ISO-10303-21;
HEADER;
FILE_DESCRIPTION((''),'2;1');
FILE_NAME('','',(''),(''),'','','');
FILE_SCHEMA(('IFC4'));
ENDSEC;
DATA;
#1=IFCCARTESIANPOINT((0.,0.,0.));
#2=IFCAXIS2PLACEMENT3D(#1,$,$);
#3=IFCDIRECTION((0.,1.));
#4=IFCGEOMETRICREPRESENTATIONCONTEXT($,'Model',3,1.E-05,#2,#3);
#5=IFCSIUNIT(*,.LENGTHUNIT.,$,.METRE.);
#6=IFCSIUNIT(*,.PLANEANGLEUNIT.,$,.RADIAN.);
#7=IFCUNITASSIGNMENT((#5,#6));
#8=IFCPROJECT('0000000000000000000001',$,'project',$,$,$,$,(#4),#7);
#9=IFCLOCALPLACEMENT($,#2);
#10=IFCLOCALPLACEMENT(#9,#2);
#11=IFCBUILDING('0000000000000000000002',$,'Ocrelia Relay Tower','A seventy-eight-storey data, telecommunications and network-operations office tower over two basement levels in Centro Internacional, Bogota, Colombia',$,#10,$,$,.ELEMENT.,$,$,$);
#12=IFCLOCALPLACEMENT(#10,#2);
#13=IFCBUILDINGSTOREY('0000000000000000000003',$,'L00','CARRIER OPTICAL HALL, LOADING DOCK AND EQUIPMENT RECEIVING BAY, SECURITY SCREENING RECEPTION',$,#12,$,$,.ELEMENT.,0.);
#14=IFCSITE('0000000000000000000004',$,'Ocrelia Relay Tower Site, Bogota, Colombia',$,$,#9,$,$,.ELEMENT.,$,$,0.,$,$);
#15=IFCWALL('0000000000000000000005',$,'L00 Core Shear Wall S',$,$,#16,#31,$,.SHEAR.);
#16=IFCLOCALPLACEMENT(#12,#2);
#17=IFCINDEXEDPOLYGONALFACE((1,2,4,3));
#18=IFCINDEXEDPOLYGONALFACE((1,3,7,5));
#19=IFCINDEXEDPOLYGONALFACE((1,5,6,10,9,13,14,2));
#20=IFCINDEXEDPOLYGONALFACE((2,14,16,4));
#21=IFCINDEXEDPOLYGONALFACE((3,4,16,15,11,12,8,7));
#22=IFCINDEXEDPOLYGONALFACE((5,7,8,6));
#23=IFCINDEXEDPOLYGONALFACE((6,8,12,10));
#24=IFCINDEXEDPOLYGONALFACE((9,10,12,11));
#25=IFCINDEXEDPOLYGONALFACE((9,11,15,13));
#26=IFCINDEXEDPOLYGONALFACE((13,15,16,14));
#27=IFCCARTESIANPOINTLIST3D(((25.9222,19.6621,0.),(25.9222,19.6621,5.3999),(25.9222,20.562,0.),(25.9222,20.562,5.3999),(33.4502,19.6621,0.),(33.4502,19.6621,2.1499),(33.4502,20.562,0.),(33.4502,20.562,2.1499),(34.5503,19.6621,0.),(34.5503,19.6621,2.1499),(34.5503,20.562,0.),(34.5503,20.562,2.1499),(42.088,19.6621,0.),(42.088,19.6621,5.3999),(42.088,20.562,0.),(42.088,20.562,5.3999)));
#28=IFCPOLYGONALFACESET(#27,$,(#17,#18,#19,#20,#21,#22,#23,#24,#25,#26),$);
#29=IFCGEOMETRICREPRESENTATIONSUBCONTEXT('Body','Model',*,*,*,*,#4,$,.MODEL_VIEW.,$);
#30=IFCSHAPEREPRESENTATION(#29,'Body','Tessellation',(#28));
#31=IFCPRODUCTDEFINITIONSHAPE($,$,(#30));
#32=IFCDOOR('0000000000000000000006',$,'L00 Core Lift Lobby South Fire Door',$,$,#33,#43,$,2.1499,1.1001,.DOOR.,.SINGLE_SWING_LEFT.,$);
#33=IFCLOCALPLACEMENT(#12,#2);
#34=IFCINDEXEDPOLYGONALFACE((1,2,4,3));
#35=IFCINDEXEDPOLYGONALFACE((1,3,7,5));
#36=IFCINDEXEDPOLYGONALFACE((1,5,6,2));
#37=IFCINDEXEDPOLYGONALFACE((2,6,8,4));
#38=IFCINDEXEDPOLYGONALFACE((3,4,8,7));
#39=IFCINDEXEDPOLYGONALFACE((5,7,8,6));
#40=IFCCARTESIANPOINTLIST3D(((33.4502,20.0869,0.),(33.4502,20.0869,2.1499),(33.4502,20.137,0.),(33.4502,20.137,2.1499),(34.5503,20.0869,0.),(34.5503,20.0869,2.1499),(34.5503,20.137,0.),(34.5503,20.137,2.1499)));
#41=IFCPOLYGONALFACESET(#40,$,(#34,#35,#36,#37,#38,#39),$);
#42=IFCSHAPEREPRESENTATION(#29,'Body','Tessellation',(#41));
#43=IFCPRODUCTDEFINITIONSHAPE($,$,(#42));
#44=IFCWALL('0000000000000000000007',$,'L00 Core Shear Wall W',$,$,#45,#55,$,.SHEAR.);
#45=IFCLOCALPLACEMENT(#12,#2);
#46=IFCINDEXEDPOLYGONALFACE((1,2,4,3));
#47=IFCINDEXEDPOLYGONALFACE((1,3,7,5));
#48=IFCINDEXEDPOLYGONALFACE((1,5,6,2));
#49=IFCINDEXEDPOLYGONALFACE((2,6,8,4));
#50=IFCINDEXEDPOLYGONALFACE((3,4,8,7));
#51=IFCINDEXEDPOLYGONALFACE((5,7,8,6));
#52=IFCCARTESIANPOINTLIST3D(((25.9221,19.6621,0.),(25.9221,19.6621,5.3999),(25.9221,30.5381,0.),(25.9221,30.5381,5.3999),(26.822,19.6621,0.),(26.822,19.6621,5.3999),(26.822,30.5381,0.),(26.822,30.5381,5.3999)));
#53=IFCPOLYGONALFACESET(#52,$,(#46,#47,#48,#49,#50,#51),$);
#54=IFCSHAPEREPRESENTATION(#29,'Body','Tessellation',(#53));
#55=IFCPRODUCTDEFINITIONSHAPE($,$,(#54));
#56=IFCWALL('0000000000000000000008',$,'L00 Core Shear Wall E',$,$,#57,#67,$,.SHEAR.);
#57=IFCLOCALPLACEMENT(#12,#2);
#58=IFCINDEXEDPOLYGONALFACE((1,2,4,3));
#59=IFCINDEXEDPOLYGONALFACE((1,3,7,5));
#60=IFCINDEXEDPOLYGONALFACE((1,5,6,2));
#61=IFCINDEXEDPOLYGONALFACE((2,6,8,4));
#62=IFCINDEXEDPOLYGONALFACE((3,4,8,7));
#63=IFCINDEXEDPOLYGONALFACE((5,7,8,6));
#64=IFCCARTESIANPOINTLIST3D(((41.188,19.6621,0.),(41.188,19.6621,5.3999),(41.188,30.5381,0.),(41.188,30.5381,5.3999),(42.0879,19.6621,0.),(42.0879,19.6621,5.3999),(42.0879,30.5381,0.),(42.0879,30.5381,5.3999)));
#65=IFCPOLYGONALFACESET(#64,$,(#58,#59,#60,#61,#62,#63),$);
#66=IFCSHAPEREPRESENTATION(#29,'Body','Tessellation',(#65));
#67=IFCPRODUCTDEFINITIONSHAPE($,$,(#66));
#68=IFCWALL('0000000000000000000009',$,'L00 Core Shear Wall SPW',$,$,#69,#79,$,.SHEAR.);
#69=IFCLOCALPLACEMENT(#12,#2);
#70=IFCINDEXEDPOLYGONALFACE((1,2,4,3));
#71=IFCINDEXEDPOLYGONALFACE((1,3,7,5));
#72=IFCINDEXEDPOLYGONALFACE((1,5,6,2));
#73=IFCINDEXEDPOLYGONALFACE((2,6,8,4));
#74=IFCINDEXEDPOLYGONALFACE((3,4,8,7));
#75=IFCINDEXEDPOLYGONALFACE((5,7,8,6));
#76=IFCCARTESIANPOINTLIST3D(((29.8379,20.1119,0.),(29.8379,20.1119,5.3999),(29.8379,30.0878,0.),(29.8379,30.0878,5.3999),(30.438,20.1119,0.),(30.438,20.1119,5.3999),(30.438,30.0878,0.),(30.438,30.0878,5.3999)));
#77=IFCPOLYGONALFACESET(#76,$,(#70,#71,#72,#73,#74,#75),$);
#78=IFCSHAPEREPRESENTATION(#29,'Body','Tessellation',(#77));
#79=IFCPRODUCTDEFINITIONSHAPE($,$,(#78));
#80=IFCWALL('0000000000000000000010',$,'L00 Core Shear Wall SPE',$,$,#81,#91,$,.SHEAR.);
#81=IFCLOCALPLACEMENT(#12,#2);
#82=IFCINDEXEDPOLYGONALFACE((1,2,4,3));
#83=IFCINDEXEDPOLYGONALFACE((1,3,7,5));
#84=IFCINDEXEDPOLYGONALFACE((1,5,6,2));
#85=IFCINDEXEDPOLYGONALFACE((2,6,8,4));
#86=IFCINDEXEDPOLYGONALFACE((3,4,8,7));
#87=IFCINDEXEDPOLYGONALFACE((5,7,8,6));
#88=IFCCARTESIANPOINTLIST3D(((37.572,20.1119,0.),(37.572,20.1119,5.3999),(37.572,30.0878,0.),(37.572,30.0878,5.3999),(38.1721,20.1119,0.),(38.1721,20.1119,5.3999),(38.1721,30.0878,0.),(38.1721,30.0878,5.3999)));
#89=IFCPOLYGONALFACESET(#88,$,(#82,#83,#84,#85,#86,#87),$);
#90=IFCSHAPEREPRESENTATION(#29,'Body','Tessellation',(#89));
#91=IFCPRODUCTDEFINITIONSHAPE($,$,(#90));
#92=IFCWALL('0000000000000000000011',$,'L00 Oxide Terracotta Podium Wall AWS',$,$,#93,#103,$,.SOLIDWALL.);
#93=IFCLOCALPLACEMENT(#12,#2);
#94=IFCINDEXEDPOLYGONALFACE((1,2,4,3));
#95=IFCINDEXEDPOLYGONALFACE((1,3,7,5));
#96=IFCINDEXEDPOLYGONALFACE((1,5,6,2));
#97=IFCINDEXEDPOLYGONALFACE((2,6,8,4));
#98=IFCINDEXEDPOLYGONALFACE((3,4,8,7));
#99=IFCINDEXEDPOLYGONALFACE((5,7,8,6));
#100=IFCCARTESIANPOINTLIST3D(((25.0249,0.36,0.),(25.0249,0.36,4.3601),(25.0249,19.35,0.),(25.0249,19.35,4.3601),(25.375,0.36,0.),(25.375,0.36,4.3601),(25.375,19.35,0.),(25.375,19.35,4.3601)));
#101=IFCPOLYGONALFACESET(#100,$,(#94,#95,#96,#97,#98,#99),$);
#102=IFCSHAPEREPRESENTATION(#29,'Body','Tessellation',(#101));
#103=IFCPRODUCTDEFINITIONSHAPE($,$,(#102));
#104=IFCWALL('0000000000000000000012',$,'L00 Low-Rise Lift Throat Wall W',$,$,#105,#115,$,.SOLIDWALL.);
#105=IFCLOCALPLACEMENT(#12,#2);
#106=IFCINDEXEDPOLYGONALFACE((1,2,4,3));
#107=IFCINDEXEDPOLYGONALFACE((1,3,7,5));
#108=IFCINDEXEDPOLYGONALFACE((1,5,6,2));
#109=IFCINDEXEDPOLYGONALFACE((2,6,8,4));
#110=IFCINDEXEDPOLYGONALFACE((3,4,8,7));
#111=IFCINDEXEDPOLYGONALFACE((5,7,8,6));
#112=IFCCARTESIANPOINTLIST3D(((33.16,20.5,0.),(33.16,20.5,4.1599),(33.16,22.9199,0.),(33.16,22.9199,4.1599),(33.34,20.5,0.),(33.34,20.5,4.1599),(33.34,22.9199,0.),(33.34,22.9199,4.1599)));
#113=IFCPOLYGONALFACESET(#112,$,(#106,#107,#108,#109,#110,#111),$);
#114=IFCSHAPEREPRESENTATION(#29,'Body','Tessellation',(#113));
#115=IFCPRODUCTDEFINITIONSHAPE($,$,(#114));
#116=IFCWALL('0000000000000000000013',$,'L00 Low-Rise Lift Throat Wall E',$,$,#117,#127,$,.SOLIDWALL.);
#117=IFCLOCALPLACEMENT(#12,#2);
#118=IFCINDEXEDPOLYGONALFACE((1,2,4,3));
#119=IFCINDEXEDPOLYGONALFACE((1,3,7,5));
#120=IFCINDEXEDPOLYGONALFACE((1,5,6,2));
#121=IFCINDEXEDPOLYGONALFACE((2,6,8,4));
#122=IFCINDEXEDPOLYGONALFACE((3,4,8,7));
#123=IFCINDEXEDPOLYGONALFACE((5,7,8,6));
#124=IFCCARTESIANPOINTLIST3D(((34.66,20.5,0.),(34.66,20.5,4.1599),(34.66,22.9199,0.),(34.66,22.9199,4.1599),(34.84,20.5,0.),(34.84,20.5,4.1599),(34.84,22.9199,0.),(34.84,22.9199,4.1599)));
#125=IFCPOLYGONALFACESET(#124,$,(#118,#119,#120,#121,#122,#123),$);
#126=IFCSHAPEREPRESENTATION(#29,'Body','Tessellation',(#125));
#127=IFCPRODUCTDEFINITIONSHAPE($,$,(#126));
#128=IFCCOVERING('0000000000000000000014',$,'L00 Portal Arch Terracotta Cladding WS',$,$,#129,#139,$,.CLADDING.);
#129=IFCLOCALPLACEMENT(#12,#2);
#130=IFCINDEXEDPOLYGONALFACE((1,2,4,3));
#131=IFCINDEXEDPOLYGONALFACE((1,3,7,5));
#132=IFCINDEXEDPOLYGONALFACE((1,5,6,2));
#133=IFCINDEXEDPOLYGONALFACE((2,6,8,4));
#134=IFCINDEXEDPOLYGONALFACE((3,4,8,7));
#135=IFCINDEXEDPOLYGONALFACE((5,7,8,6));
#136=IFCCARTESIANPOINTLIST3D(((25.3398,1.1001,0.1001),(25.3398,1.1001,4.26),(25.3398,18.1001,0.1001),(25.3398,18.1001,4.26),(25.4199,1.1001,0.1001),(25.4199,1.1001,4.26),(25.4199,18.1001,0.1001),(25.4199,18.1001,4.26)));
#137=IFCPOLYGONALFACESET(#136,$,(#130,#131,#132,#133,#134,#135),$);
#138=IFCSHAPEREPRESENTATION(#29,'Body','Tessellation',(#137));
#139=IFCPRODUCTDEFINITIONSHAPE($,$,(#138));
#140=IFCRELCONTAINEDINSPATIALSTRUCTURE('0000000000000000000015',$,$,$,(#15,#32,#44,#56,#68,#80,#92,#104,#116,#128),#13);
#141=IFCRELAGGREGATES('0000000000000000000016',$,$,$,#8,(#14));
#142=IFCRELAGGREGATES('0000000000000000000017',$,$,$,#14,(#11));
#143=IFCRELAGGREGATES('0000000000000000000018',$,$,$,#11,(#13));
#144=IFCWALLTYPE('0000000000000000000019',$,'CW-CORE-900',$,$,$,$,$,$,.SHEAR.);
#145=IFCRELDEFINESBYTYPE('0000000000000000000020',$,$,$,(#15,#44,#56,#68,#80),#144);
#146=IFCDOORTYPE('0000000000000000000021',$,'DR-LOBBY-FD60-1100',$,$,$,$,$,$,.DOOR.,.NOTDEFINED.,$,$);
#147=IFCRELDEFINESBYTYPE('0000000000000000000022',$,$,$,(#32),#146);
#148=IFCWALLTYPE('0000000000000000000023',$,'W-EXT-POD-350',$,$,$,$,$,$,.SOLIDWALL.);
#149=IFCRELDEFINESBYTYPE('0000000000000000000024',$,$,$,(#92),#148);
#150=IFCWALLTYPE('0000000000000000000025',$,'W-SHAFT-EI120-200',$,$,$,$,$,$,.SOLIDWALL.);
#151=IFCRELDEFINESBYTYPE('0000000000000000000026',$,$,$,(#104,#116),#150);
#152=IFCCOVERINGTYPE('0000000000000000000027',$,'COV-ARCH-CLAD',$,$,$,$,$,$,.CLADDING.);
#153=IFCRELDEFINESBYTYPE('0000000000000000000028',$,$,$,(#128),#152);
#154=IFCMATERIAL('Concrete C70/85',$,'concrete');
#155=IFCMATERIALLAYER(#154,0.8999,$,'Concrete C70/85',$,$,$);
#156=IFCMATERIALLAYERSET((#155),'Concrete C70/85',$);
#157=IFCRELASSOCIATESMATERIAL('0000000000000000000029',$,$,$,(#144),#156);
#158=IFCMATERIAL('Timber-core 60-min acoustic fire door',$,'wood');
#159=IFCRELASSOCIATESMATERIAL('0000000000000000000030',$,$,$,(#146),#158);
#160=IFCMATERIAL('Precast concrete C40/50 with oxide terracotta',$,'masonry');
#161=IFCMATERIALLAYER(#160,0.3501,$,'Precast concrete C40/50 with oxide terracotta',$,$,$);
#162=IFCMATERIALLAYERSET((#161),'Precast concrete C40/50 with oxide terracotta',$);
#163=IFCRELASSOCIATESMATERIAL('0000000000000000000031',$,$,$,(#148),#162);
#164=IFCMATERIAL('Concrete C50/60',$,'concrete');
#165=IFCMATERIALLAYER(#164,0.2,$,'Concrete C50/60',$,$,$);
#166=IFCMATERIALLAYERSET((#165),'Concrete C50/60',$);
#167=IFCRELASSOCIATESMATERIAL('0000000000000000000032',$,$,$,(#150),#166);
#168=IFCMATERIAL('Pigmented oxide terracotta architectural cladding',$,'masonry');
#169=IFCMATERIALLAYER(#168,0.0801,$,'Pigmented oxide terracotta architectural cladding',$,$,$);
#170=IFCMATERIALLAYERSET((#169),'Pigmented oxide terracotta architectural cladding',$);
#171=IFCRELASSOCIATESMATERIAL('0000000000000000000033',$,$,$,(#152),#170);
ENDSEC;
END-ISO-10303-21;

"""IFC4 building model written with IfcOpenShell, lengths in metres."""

from ifc_helpers import new_model, si_unit, direction, frame, frame_2d, origin, origin_2d, place, context, subcontext, project, spatial, rectangle, extrude, material, layer, layer_set, type_object, element, fill, save


model = new_model("IFC4")

# Units and contexts
model_context = context("Model", 3, precision=1e-05, world=origin(), true_north=direction((0.0, 1.0)))
body_context = subcontext(model_context, "Body", "Model", "MODEL_VIEW")
ifc_project = project(units=[si_unit("LENGTHUNIT", "METRE"), si_unit("PLANEANGLEUNIT", "RADIAN")], contexts=[model_context])

# Site, building, storey
site_placement = place(None, origin())
site = spatial("IfcSite", under=ifc_project, at=site_placement, Name="Ocrelia Relay Tower Site, Bogota, Colombia", CompositionType="ELEMENT", RefElevation=0.0)
building_placement = place(site_placement, origin())
building = spatial("IfcBuilding", under=site, at=building_placement, Name="Ocrelia Relay Tower", Description="A seventy-eight-storey data, telecommunications and network-operations office tower over two basement levels in Centro Internacional, Bogota, Colombia", CompositionType="ELEMENT")
storey_placement = place(building_placement, origin())
storey = spatial("IfcBuildingStorey", under=building, at=storey_placement, Name="L00", Description="CARRIER OPTICAL HALL, LOADING DOCK AND EQUIPMENT RECEIVING BAY, SECURITY SCREENING RECEPTION", CompositionType="ELEMENT", Elevation=0.0)

# Shared definitions
ifc_material_1 = material(Name="Concrete C70/85", Category="concrete")

# Wall, opening, door
ifc_layer_1 = layer(ifc_material_1, 0.8999, Name="Concrete C70/85")
ifc_layer_set_1 = layer_set([ifc_layer_1], Name="Concrete C70/85")
wall_type_1 = type_object("IfcWallType", Name="CW-CORE-900", PredefinedType="SHEAR", material=ifc_layer_set_1)
wall_1_placement = place(storey_placement, frame((25.9221, 20.1121, 0.0), z_axis=(0.0, 0.0, 1.0), x_axis=(1.0, 0.0, 0.0)))
wall_1 = element("IfcWall", 1, at=wall_1_placement, inside=storey, type_object=wall_type_1, Name="L00 Core Shear Wall S", PredefinedType="SHEAR", context=body_context, shape_type="SweptSolid", body=[
    extrude(rectangle(XDim=16.1658, YDim=0.8999, at=frame_2d((8.083, 0.0))), origin(), (0.0, 0.0, 1.0), 5.3999),
])
opening_placement = place(wall_1_placement, frame((7.5281, 0.0, 0.0)))
opening = element("IfcOpeningElement", 2, at=opening_placement, cuts=wall_1, PredefinedType="OPENING", context=body_context, shape_type="SweptSolid", body=[
    extrude(rectangle(XDim=1.1001, YDim=2.1499, at=frame_2d((0.55, 1.075))), frame((0.0, 0.46, 0.0), z_axis=(0.0, -1.0, 0.0), x_axis=(1.0, 0.0, 0.0)), (0.0, 0.0, 1.0), 0.9199),
])
ifc_material_2 = material(Name="Timber-core 60-min acoustic fire door", Category="wood")
door_type = type_object("IfcDoorType", Name="DR-LOBBY-FD60-1100", OperationType="NOTDEFINED", PredefinedType="DOOR", material=ifc_material_2)
door_placement = place(opening_placement, origin())
door = element("IfcDoor", 3, at=door_placement, inside=storey, type_object=door_type, Name="L00 Core Lift Lobby South Fire Door", OperationType="SINGLE_SWING_LEFT", OverallHeight=2.1499, OverallWidth=1.1001, PredefinedType="DOOR", context=body_context, shape_type="SweptSolid", body=[
    extrude(rectangle(XDim=1.1001, YDim=2.1499, at=frame_2d((0.55, 1.075))), frame((0.0, 0.0249, 0.0), z_axis=(0.0, -1.0, 0.0), x_axis=(1.0, 0.0, 0.0)), (0.0, 0.0, 1.0), 0.05),
])
fill(opening, door)

# Walls
for number, where, z_axis, x_axis, name in (
    (4, (26.3721, 19.6621, 0.0), (0.0, 0.0, 1.0), (0.0, 1.0, 0.0), "L00 Core Shear Wall W"),
    (5, (41.6379, 19.6621, 0.0), (0.0, 0.0, 1.0), (0.0, 1.0, 0.0), "L00 Core Shear Wall E"),
):
    element("IfcWall", number, at=place(storey_placement, frame(where, z_axis=z_axis, x_axis=x_axis)), inside=storey, type_object=wall_type_1, Name=name, PredefinedType="SHEAR", context=body_context, shape_type="SweptSolid", body=[
        extrude(rectangle(XDim=10.876, YDim=0.8999, at=frame_2d((5.438, 0.0))), origin(), (0.0, 0.0, 1.0), 5.3999),
    ])
for number, where, z_axis, x_axis, name in (
    (6, (30.1379, 20.1121, 0.0), (0.0, 0.0, 1.0), (0.0, 1.0, 0.0), "L00 Core Shear Wall SPW"),
    (7, (37.8721, 20.1121, 0.0), (0.0, 0.0, 1.0), (0.0, 1.0, 0.0), "L00 Core Shear Wall SPE"),
):
    element("IfcWall", number, at=place(storey_placement, frame(where, z_axis=z_axis, x_axis=x_axis)), inside=storey, type_object=wall_type_1, Name=name, PredefinedType="SHEAR", context=body_context, shape_type="SweptSolid", body=[
        extrude(rectangle(XDim=9.9758, YDim=0.6001, at=frame_2d((4.9878, 0.0))), origin(), (0.0, 0.0, 1.0), 5.3999),
    ])
ifc_material_3 = material(Name="Precast concrete C40/50 with oxide terracotta", Category="masonry")
ifc_layer_2 = layer(ifc_material_3, 0.3501, Name="Precast concrete C40/50 with oxide terracotta")
ifc_layer_set_2 = layer_set([ifc_layer_2], Name="Precast concrete C40/50 with oxide terracotta")
wall_type_2 = type_object("IfcWallType", Name="W-EXT-POD-350", PredefinedType="SOLIDWALL", material=ifc_layer_set_2)
wall_2_placement = place(storey_placement, frame((25.2, 19.3501, 0.0), z_axis=(0.0, 0.0, 1.0), x_axis=(0.0, -1.0, 0.0)))
element("IfcWall", 8, at=wall_2_placement, inside=storey, type_object=wall_type_2, Name="L00 Oxide Terracotta Podium Wall AWS", PredefinedType="SOLIDWALL", context=body_context, shape_type="SweptSolid", body=[
    extrude(rectangle(XDim=18.99, YDim=0.3501, at=frame_2d((9.4951, 0.0))), origin(), (0.0, 0.0, 1.0), 4.3601),
])
ifc_material_4 = material(Name="Concrete C50/60", Category="concrete")
ifc_layer_3 = layer(ifc_material_4, 0.2, Name="Concrete C50/60")
ifc_layer_set_3 = layer_set([ifc_layer_3], Name="Concrete C50/60")
wall_type_3 = type_object("IfcWallType", Name="W-SHAFT-EI120-200", PredefinedType="SOLIDWALL", material=ifc_layer_set_3)
for number, where, z_axis, x_axis, name in (
    (9, (33.25, 20.5, 0.0), (0.0, 0.0, 1.0), (0.0, 1.0, 0.0), "L00 Low-Rise Lift Throat Wall W"),
    (10, (34.75, 20.5, 0.0), (0.0, 0.0, 1.0), (0.0, 1.0, 0.0), "L00 Low-Rise Lift Throat Wall E"),
):
    element("IfcWall", number, at=place(storey_placement, frame(where, z_axis=z_axis, x_axis=x_axis)), inside=storey, type_object=wall_type_3, Name=name, PredefinedType="SOLIDWALL", context=body_context, shape_type="SweptSolid", body=[
        extrude(rectangle(XDim=2.4199, YDim=0.1799, at=frame_2d((1.21, 0.0))), origin(), (0.0, 0.0, 1.0), 4.1599),
    ])

# Covering
ifc_material_5 = material(Name="Pigmented oxide terracotta architectural cladding", Category="masonry")
ifc_layer_4 = layer(ifc_material_5, 0.0801, Name="Pigmented oxide terracotta architectural cladding")
ifc_layer_set_4 = layer_set([ifc_layer_4], Name="Pigmented oxide terracotta architectural cladding")
covering_type = type_object("IfcCoveringType", Name="COV-ARCH-CLAD", PredefinedType="CLADDING", material=ifc_layer_set_4)
covering_placement = place(storey_placement, frame((25.3799, 9.6001, 0.1001), z_axis=(0.0, 0.0, 1.0), x_axis=(1.0, 0.0, 0.0)))
element("IfcCovering", 11, at=covering_placement, inside=storey, type_object=covering_type, Name="L00 Portal Arch Terracotta Cladding WS", PredefinedType="CLADDING", context=body_context, shape_type="SweptSolid", body=[
    extrude(rectangle(XDim=0.0801, YDim=17.0, at=origin_2d()), origin(), (0.0, 0.0, 1.0), 4.1599),
])

save(model, "model.ifc")
